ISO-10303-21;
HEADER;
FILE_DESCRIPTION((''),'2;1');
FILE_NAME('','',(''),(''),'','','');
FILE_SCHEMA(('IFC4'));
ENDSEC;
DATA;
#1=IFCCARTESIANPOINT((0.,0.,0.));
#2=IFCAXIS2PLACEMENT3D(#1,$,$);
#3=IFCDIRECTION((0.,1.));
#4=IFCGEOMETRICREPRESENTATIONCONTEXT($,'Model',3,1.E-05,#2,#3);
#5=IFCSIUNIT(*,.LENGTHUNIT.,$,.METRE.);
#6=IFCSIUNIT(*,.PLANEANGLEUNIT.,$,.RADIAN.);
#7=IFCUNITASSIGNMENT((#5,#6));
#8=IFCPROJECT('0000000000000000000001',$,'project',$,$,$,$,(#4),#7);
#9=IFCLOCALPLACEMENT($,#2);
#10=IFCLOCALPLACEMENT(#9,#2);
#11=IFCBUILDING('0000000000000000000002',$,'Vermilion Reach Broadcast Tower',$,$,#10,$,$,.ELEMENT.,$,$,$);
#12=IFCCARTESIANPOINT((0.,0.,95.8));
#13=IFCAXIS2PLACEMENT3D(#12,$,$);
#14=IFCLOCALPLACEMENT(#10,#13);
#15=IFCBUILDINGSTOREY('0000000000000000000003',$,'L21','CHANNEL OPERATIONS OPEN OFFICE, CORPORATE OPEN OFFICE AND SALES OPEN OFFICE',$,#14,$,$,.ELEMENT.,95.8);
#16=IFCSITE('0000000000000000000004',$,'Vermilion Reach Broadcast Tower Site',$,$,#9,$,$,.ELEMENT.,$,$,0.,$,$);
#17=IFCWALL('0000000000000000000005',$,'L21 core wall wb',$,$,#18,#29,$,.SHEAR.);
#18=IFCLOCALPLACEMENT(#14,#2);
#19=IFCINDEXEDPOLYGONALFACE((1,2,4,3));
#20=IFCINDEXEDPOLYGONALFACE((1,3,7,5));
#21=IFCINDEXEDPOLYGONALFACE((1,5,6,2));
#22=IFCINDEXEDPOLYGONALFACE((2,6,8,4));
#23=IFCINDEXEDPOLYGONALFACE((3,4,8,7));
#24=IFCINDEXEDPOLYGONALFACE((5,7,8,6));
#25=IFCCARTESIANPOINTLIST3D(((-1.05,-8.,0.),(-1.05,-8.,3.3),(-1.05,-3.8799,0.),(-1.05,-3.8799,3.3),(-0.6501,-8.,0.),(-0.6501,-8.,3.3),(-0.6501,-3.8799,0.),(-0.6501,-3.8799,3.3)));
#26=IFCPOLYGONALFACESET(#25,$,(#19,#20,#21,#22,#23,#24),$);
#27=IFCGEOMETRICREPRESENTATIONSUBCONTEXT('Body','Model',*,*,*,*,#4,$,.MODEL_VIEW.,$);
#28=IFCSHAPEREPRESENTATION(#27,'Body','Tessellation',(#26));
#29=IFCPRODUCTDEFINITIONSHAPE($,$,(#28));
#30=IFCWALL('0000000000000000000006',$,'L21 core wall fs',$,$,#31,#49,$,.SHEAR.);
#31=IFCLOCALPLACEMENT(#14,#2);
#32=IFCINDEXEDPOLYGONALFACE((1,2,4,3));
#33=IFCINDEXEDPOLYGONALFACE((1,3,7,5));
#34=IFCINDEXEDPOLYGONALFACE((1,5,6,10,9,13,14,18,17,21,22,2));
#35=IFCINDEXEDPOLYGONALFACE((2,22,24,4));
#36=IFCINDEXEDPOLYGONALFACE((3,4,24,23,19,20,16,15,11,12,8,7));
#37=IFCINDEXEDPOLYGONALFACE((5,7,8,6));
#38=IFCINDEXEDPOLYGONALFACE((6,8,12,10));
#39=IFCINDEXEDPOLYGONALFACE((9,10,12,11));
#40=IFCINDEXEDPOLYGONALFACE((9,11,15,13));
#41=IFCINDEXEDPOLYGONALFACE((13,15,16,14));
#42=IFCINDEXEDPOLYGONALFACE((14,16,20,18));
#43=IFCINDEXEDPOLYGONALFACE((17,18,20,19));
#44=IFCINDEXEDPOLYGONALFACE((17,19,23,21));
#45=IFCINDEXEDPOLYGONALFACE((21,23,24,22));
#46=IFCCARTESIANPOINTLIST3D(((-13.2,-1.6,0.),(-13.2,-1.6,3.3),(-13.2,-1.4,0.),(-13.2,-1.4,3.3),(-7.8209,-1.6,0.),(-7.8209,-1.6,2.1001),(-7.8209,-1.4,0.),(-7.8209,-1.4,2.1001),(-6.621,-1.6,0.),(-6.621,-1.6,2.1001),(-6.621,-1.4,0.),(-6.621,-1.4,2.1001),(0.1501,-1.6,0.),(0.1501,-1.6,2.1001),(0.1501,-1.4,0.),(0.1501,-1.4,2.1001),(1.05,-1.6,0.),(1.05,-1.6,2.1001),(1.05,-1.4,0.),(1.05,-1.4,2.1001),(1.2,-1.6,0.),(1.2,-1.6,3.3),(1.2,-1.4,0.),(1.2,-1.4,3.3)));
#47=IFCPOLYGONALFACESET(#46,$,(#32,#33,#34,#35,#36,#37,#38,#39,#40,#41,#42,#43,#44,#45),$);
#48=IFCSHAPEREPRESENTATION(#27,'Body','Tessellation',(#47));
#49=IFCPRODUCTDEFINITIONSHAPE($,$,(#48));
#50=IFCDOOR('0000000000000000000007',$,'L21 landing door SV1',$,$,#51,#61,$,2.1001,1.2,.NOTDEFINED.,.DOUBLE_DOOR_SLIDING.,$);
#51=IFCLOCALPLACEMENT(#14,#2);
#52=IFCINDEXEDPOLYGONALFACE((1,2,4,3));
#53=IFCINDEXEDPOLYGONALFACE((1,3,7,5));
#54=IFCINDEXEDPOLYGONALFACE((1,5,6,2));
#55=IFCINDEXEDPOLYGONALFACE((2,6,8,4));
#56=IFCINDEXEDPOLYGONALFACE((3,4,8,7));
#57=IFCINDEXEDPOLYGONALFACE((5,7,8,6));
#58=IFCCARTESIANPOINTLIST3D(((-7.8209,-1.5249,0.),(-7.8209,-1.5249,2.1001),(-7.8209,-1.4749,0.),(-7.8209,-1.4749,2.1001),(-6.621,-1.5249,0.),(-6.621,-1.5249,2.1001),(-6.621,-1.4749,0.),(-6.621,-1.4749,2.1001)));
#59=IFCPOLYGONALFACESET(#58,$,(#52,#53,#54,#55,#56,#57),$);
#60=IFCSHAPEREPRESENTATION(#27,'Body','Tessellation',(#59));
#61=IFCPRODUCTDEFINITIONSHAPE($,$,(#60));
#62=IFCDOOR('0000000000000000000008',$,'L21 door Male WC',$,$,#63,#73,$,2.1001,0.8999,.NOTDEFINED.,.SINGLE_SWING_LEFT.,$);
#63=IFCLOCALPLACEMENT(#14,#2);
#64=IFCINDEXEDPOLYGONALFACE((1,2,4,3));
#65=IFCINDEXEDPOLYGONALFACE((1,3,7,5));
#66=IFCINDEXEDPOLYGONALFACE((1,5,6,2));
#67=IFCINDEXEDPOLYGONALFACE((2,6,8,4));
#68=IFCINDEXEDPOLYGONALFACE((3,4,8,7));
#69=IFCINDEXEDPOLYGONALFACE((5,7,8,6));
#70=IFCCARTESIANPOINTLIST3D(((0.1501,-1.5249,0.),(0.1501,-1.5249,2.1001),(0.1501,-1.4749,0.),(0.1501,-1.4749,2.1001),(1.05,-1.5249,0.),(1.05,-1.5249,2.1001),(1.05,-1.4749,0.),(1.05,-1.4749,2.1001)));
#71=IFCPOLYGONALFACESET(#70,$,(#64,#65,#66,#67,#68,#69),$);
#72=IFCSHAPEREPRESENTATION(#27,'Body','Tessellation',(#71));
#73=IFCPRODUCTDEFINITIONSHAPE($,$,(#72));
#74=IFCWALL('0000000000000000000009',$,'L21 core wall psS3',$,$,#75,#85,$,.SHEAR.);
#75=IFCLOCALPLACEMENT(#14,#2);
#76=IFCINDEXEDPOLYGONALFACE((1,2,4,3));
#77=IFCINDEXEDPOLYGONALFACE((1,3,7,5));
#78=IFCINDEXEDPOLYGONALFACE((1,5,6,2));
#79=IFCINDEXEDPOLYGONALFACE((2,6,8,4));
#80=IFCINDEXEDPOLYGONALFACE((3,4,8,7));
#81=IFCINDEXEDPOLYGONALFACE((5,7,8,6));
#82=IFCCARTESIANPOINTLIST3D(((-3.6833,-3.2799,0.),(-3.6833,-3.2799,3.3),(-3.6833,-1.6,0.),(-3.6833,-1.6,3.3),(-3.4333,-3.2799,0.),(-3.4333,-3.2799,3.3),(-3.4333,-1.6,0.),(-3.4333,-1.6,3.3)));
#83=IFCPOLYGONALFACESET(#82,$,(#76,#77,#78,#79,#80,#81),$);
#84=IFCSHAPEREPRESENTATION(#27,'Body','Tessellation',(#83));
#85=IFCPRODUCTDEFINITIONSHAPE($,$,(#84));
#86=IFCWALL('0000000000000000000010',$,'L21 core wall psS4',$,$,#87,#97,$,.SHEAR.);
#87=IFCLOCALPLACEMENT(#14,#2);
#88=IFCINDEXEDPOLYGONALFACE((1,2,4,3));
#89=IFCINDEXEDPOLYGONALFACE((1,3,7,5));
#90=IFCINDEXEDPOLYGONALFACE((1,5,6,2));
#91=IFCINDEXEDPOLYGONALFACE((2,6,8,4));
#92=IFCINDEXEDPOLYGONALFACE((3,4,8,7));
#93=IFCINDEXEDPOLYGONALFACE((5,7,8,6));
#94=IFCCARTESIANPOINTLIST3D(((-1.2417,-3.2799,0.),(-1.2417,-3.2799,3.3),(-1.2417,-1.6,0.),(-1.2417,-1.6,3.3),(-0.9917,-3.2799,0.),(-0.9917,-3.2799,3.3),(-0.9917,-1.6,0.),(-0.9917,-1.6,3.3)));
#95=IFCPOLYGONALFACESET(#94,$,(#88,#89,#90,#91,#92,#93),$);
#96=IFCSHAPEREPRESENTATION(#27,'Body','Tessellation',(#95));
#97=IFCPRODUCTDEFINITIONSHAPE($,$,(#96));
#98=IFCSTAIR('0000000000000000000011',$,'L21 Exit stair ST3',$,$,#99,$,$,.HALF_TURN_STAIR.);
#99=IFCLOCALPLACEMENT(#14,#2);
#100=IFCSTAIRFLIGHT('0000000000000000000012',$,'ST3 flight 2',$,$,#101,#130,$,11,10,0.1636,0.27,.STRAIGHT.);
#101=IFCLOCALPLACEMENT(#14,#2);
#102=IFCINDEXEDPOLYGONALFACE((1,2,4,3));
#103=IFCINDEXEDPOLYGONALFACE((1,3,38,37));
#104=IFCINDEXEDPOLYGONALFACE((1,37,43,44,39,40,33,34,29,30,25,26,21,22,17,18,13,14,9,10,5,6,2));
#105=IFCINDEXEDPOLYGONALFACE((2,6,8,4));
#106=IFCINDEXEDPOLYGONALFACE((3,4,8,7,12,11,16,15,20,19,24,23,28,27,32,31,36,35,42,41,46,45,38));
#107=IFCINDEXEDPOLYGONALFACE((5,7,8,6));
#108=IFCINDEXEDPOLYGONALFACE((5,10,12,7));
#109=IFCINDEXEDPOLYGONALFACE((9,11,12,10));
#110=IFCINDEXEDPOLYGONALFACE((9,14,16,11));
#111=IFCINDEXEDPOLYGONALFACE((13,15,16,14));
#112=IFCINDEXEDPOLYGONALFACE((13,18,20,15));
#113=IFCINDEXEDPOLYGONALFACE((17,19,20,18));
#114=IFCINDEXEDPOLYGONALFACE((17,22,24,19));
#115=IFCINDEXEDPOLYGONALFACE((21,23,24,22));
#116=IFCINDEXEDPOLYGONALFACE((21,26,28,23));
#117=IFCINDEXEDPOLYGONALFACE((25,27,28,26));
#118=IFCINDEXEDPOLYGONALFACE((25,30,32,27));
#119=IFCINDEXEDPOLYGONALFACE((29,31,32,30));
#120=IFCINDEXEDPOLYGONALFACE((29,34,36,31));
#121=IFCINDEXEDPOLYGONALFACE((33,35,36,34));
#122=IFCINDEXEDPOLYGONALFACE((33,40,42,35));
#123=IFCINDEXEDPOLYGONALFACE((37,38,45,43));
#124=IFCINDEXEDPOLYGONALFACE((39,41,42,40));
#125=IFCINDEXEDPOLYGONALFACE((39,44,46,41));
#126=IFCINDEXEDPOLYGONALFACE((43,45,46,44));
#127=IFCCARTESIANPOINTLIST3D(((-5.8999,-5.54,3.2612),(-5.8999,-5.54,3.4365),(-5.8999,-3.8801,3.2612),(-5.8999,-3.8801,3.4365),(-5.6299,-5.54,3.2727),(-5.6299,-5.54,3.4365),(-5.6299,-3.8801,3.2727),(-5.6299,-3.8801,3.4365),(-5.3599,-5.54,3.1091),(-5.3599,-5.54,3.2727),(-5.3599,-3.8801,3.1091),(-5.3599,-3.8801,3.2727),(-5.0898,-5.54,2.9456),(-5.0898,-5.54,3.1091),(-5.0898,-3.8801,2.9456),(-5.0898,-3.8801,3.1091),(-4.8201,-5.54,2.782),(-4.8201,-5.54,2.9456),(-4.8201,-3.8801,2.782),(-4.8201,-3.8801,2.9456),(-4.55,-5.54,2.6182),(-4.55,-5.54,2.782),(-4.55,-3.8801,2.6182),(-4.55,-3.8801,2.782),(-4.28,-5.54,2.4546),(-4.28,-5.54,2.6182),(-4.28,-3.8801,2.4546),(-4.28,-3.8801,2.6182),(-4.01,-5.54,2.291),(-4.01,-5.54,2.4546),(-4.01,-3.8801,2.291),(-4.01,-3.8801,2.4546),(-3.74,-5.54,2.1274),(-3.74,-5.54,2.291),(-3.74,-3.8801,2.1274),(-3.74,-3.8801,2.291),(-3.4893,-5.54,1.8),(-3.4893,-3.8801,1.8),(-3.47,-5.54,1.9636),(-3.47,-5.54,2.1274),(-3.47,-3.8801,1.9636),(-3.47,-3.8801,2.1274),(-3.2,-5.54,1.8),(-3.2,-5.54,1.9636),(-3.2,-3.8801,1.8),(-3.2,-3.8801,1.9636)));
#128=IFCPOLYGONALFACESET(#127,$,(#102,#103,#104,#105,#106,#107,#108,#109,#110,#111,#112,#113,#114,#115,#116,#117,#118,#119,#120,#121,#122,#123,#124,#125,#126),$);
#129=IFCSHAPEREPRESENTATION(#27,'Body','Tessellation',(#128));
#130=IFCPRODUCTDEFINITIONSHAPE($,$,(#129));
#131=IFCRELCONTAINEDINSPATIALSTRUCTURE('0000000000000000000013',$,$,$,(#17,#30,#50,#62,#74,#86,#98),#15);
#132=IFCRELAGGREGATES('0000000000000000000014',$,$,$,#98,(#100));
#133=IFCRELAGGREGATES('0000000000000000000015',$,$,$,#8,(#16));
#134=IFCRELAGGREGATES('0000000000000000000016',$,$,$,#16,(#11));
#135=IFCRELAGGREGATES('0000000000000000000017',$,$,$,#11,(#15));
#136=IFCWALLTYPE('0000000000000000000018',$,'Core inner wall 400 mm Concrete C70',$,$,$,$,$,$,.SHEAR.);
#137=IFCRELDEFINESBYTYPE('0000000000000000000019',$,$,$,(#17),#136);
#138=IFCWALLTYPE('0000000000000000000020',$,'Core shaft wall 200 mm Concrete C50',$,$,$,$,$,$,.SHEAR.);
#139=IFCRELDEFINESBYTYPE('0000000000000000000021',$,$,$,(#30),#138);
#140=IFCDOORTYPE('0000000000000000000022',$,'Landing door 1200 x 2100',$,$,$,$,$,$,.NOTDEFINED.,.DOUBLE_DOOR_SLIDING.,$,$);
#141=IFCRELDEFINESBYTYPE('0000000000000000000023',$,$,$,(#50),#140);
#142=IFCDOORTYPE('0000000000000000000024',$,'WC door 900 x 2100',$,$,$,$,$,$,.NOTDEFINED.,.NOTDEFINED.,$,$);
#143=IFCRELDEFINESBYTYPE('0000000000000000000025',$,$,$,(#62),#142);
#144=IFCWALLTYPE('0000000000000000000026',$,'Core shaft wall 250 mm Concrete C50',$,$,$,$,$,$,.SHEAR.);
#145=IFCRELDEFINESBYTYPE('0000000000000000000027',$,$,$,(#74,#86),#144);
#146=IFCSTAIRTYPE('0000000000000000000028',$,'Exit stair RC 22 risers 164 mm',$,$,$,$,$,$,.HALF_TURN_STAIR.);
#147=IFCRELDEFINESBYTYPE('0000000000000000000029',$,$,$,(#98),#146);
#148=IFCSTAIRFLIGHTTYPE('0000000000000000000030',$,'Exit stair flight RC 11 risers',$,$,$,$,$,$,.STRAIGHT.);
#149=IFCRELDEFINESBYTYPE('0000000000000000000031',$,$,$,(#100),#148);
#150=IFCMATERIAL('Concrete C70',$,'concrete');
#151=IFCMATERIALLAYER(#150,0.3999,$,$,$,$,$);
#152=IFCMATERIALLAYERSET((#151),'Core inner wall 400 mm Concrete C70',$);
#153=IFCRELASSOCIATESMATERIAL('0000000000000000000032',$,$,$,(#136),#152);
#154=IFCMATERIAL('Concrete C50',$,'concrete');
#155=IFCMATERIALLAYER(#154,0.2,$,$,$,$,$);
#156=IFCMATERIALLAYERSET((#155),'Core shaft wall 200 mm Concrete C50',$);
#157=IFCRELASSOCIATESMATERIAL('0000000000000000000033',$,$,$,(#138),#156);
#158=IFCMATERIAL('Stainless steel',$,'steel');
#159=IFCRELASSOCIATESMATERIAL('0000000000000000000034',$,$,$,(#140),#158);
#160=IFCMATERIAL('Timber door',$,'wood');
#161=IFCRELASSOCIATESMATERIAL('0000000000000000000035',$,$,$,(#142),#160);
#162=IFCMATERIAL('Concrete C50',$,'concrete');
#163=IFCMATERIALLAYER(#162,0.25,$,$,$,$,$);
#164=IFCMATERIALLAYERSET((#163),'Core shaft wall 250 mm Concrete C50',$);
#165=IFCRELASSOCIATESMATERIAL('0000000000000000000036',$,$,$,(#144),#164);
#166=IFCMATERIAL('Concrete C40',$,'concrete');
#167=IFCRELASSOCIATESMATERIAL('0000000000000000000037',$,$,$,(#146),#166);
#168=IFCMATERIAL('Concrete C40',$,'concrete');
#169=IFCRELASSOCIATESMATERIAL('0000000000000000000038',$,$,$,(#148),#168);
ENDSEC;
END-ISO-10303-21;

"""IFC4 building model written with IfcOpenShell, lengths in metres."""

from ifc_helpers import new_model, si_unit, direction, frame, frame_2d, origin, place, context, subcontext, project, spatial, polyline, rectangle, outline, extrude, material, layer, layer_set, type_object, element, fill, aggregate, save


model = new_model("IFC4")

# Units and contexts
model_context = context("Model", 3, precision=1e-05, world=origin(), true_north=direction((0.0, 1.0)))
body_context = subcontext(model_context, "Body", "Model", "MODEL_VIEW")
ifc_project = project(units=[si_unit("LENGTHUNIT", "METRE"), si_unit("PLANEANGLEUNIT", "RADIAN")], contexts=[model_context])

# Site, building, storey
site_placement = place(None, origin())
site = spatial("IfcSite", under=ifc_project, at=site_placement, Name="Vermilion Reach Broadcast Tower Site", CompositionType="ELEMENT", RefElevation=0.0)
building_placement = place(site_placement, origin())
building = spatial("IfcBuilding", under=site, at=building_placement, Name="Vermilion Reach Broadcast Tower", CompositionType="ELEMENT")
storey_placement = place(building_placement, frame((0.0, 0.0, 95.8)))
storey = spatial("IfcBuildingStorey", under=building, at=storey_placement, Name="L21", Description="CHANNEL OPERATIONS OPEN OFFICE, CORPORATE OPEN OFFICE AND SALES OPEN OFFICE", CompositionType="ELEMENT", Elevation=95.8)

# Wall
ifc_material_1 = material(Name="Concrete C70", Category="concrete")
ifc_layer_1 = layer(ifc_material_1, 0.3999)
ifc_layer_set_1 = layer_set([ifc_layer_1], Name="Core inner wall 400 mm Concrete C70")
wall_type_1 = type_object("IfcWallType", Name="Core inner wall 400 mm Concrete C70", PredefinedType="SHEAR", material=ifc_layer_set_1)
wall_1_placement = place(storey_placement, frame((-0.8501, -3.8799, 0.0), z_axis=(0.0, 0.0, 1.0), x_axis=(0.0, -1.0, 0.0)))
element("IfcWall", 1, at=wall_1_placement, inside=storey, type_object=wall_type_1, Name="L21 core wall wb", PredefinedType="SHEAR", context=body_context, shape_type="SweptSolid", body=[
    extrude(rectangle(XDim=4.1201, YDim=0.3999, at=frame_2d((2.0601, 0.0))), origin(), (0.0, 0.0, 1.0), 3.3),
])

# Wall, openings, doors
ifc_material_2 = material(Name="Concrete C50", Category="concrete")
ifc_layer_2 = layer(ifc_material_2, 0.2)
ifc_layer_set_2 = layer_set([ifc_layer_2], Name="Core shaft wall 200 mm Concrete C50")
wall_type_2 = type_object("IfcWallType", Name="Core shaft wall 200 mm Concrete C50", PredefinedType="SHEAR", material=ifc_layer_set_2)
wall_2_placement = place(storey_placement, frame((1.2, -1.5, 0.0), z_axis=(0.0, 0.0, 1.0), x_axis=(-1.0, 0.0, 0.0)))
wall_2 = element("IfcWall", 2, at=wall_2_placement, inside=storey, type_object=wall_type_2, Name="L21 core wall fs", PredefinedType="SHEAR", context=body_context, shape_type="SweptSolid", body=[
    extrude(rectangle(XDim=14.3999, YDim=0.2, at=frame_2d((7.2, 0.0))), origin(), (0.0, 0.0, 1.0), 3.3),
])
opening_1_placement = place(wall_2_placement, frame((7.8208, 0.0, 0.0)))
opening_1 = element("IfcOpeningElement", 3, at=opening_1_placement, cuts=wall_2, PredefinedType="OPENING", context=body_context, shape_type="SweptSolid", body=[
    extrude(rectangle(XDim=1.2, YDim=2.1001, at=frame_2d((0.6001, 1.05))), frame((0.0, 0.1099, 0.0), z_axis=(0.0, -1.0, 0.0), x_axis=(1.0, 0.0, 0.0)), (0.0, 0.0, 1.0), 0.22),
])
opening_2_placement = place(wall_2_placement, frame((0.1499, 0.0, 0.0)))
opening_2 = element("IfcOpeningElement", 4, at=opening_2_placement, cuts=wall_2, PredefinedType="OPENING", context=body_context, shape_type="SweptSolid", body=[
    extrude(rectangle(XDim=0.8999, YDim=2.1001, at=frame_2d((0.45, 1.05))), frame((0.0, 0.1099, 0.0), z_axis=(0.0, -1.0, 0.0), x_axis=(1.0, 0.0, 0.0)), (0.0, 0.0, 1.0), 0.22),
])
ifc_material_3 = material(Name="Stainless steel", Category="steel")
door_type_1 = type_object("IfcDoorType", Name="Landing door 1200 x 2100", OperationType="DOUBLE_DOOR_SLIDING", PredefinedType="NOTDEFINED", material=ifc_material_3)
door_1_placement = place(opening_1_placement, origin())
door_1 = element("IfcDoor", 5, at=door_1_placement, inside=storey, type_object=door_type_1, Name="L21 landing door SV1", OperationType="DOUBLE_DOOR_SLIDING", OverallHeight=2.1001, OverallWidth=1.2, PredefinedType="NOTDEFINED", context=body_context, shape_type="SweptSolid", body=[
    extrude(rectangle(XDim=1.2, YDim=2.1001, at=frame_2d((0.6001, 1.05))), frame((0.0, 0.0249, 0.0), z_axis=(0.0, -1.0, 0.0), x_axis=(1.0, 0.0, 0.0)), (0.0, 0.0, 1.0), 0.05),
])
fill(opening_1, door_1)
ifc_material_4 = material(Name="Timber door", Category="wood")
door_type_2 = type_object("IfcDoorType", Name="WC door 900 x 2100", OperationType="NOTDEFINED", PredefinedType="NOTDEFINED", material=ifc_material_4)
door_2_placement = place(opening_2_placement, origin())
door_2 = element("IfcDoor", 6, at=door_2_placement, inside=storey, type_object=door_type_2, Name="L21 door Male WC", OperationType="SINGLE_SWING_LEFT", OverallHeight=2.1001, OverallWidth=0.8999, PredefinedType="NOTDEFINED", context=body_context, shape_type="SweptSolid", body=[
    extrude(rectangle(XDim=0.8999, YDim=2.1001, at=frame_2d((0.45, 1.05))), frame((0.0, 0.0249, 0.0), z_axis=(0.0, -1.0, 0.0), x_axis=(1.0, 0.0, 0.0)), (0.0, 0.0, 1.0), 0.05),
])
fill(opening_2, door_2)

# Walls
ifc_material_5 = material(Name="Concrete C50", Category="concrete")
ifc_layer_3 = layer(ifc_material_5, 0.25)
ifc_layer_set_3 = layer_set([ifc_layer_3], Name="Core shaft wall 250 mm Concrete C50")
wall_type_3 = type_object("IfcWallType", Name="Core shaft wall 250 mm Concrete C50", PredefinedType="SHEAR", material=ifc_layer_set_3)
for number, where, z_axis, x_axis, name in (
    (7, (-3.5583, -1.6001, 0.0), (0.0, 0.0, 1.0), (0.0, -1.0, 0.0), "L21 core wall psS3"),
    (8, (-1.1167, -1.6001, 0.0), (0.0, 0.0, 1.0), (0.0, -1.0, 0.0), "L21 core wall psS4"),
):
    element("IfcWall", number, at=place(storey_placement, frame(where, z_axis=z_axis, x_axis=x_axis)), inside=storey, type_object=wall_type_3, Name=name, PredefinedType="SHEAR", context=body_context, shape_type="SweptSolid", body=[
        extrude(rectangle(XDim=1.6799, YDim=0.25, at=frame_2d((0.8398, 0.0))), origin(), (0.0, 0.0, 1.0), 3.3),
    ])

# Stair, stair flight
ifc_material_6 = material(Name="Concrete C40", Category="concrete")
stair_type = type_object("IfcStairType", Name="Exit stair RC 22 risers 164 mm", PredefinedType="HALF_TURN_STAIR", material=ifc_material_6)
placement_1 = place(storey_placement, origin())
stair = element("IfcStair", 9, at=placement_1, inside=storey, type_object=stair_type, Name="L21 Exit stair ST3", PredefinedType="HALF_TURN_STAIR")
ifc_material_7 = material(Name="Concrete C40", Category="concrete")
stair_flight_type = type_object("IfcStairFlightType", Name="Exit stair flight RC 11 risers", PredefinedType="STRAIGHT", material=ifc_material_7)
stair_flight_placement = place(storey_placement, frame((-3.2, -4.71, 1.8), z_axis=(0.0, 0.0, 1.0), x_axis=(-1.0, 0.0, 0.0)))
stair_flight = element("IfcStairFlight", 10, at=stair_flight_placement, type_object=stair_flight_type, Name="ST3 flight 2", NumberOfRisers=11, NumberOfTreads=10, PredefinedType="STRAIGHT", RiserHeight=0.1636, TreadLength=0.27, context=body_context, shape_type="SweptSolid", body=[
    extrude(outline(polyline([(0.0, 0.0), (0.0, 0.1636), (0.27, 0.1636), (0.27, 0.3274), (0.54, 0.3274), (0.54, 0.491), (0.8101, 0.491), (0.8101, 0.6545), (1.0801, 0.6545), (1.0801, 0.8181), (1.3501, 0.8181), (1.3501, 0.9819), (1.6201, 0.9819), (1.6201, 1.1455), (1.8899, 1.1455), (1.8899, 1.3091), (2.1599, 1.3091), (2.1599, 1.4727), (2.4299, 1.4727), (2.4299, 1.6365), (2.7, 1.6365), (2.7, 1.8), (2.7, 1.4612), (0.2893, 0.0), (0.0, 0.0)])), frame((0.0, 0.8301, 0.0), z_axis=(0.0, -1.0, 0.0), x_axis=(1.0, 0.0, 0.0)), (0.0, 0.0, 1.0), 1.6599),
])
aggregate(stair, [stair_flight])

save(model, "model.ifc")
